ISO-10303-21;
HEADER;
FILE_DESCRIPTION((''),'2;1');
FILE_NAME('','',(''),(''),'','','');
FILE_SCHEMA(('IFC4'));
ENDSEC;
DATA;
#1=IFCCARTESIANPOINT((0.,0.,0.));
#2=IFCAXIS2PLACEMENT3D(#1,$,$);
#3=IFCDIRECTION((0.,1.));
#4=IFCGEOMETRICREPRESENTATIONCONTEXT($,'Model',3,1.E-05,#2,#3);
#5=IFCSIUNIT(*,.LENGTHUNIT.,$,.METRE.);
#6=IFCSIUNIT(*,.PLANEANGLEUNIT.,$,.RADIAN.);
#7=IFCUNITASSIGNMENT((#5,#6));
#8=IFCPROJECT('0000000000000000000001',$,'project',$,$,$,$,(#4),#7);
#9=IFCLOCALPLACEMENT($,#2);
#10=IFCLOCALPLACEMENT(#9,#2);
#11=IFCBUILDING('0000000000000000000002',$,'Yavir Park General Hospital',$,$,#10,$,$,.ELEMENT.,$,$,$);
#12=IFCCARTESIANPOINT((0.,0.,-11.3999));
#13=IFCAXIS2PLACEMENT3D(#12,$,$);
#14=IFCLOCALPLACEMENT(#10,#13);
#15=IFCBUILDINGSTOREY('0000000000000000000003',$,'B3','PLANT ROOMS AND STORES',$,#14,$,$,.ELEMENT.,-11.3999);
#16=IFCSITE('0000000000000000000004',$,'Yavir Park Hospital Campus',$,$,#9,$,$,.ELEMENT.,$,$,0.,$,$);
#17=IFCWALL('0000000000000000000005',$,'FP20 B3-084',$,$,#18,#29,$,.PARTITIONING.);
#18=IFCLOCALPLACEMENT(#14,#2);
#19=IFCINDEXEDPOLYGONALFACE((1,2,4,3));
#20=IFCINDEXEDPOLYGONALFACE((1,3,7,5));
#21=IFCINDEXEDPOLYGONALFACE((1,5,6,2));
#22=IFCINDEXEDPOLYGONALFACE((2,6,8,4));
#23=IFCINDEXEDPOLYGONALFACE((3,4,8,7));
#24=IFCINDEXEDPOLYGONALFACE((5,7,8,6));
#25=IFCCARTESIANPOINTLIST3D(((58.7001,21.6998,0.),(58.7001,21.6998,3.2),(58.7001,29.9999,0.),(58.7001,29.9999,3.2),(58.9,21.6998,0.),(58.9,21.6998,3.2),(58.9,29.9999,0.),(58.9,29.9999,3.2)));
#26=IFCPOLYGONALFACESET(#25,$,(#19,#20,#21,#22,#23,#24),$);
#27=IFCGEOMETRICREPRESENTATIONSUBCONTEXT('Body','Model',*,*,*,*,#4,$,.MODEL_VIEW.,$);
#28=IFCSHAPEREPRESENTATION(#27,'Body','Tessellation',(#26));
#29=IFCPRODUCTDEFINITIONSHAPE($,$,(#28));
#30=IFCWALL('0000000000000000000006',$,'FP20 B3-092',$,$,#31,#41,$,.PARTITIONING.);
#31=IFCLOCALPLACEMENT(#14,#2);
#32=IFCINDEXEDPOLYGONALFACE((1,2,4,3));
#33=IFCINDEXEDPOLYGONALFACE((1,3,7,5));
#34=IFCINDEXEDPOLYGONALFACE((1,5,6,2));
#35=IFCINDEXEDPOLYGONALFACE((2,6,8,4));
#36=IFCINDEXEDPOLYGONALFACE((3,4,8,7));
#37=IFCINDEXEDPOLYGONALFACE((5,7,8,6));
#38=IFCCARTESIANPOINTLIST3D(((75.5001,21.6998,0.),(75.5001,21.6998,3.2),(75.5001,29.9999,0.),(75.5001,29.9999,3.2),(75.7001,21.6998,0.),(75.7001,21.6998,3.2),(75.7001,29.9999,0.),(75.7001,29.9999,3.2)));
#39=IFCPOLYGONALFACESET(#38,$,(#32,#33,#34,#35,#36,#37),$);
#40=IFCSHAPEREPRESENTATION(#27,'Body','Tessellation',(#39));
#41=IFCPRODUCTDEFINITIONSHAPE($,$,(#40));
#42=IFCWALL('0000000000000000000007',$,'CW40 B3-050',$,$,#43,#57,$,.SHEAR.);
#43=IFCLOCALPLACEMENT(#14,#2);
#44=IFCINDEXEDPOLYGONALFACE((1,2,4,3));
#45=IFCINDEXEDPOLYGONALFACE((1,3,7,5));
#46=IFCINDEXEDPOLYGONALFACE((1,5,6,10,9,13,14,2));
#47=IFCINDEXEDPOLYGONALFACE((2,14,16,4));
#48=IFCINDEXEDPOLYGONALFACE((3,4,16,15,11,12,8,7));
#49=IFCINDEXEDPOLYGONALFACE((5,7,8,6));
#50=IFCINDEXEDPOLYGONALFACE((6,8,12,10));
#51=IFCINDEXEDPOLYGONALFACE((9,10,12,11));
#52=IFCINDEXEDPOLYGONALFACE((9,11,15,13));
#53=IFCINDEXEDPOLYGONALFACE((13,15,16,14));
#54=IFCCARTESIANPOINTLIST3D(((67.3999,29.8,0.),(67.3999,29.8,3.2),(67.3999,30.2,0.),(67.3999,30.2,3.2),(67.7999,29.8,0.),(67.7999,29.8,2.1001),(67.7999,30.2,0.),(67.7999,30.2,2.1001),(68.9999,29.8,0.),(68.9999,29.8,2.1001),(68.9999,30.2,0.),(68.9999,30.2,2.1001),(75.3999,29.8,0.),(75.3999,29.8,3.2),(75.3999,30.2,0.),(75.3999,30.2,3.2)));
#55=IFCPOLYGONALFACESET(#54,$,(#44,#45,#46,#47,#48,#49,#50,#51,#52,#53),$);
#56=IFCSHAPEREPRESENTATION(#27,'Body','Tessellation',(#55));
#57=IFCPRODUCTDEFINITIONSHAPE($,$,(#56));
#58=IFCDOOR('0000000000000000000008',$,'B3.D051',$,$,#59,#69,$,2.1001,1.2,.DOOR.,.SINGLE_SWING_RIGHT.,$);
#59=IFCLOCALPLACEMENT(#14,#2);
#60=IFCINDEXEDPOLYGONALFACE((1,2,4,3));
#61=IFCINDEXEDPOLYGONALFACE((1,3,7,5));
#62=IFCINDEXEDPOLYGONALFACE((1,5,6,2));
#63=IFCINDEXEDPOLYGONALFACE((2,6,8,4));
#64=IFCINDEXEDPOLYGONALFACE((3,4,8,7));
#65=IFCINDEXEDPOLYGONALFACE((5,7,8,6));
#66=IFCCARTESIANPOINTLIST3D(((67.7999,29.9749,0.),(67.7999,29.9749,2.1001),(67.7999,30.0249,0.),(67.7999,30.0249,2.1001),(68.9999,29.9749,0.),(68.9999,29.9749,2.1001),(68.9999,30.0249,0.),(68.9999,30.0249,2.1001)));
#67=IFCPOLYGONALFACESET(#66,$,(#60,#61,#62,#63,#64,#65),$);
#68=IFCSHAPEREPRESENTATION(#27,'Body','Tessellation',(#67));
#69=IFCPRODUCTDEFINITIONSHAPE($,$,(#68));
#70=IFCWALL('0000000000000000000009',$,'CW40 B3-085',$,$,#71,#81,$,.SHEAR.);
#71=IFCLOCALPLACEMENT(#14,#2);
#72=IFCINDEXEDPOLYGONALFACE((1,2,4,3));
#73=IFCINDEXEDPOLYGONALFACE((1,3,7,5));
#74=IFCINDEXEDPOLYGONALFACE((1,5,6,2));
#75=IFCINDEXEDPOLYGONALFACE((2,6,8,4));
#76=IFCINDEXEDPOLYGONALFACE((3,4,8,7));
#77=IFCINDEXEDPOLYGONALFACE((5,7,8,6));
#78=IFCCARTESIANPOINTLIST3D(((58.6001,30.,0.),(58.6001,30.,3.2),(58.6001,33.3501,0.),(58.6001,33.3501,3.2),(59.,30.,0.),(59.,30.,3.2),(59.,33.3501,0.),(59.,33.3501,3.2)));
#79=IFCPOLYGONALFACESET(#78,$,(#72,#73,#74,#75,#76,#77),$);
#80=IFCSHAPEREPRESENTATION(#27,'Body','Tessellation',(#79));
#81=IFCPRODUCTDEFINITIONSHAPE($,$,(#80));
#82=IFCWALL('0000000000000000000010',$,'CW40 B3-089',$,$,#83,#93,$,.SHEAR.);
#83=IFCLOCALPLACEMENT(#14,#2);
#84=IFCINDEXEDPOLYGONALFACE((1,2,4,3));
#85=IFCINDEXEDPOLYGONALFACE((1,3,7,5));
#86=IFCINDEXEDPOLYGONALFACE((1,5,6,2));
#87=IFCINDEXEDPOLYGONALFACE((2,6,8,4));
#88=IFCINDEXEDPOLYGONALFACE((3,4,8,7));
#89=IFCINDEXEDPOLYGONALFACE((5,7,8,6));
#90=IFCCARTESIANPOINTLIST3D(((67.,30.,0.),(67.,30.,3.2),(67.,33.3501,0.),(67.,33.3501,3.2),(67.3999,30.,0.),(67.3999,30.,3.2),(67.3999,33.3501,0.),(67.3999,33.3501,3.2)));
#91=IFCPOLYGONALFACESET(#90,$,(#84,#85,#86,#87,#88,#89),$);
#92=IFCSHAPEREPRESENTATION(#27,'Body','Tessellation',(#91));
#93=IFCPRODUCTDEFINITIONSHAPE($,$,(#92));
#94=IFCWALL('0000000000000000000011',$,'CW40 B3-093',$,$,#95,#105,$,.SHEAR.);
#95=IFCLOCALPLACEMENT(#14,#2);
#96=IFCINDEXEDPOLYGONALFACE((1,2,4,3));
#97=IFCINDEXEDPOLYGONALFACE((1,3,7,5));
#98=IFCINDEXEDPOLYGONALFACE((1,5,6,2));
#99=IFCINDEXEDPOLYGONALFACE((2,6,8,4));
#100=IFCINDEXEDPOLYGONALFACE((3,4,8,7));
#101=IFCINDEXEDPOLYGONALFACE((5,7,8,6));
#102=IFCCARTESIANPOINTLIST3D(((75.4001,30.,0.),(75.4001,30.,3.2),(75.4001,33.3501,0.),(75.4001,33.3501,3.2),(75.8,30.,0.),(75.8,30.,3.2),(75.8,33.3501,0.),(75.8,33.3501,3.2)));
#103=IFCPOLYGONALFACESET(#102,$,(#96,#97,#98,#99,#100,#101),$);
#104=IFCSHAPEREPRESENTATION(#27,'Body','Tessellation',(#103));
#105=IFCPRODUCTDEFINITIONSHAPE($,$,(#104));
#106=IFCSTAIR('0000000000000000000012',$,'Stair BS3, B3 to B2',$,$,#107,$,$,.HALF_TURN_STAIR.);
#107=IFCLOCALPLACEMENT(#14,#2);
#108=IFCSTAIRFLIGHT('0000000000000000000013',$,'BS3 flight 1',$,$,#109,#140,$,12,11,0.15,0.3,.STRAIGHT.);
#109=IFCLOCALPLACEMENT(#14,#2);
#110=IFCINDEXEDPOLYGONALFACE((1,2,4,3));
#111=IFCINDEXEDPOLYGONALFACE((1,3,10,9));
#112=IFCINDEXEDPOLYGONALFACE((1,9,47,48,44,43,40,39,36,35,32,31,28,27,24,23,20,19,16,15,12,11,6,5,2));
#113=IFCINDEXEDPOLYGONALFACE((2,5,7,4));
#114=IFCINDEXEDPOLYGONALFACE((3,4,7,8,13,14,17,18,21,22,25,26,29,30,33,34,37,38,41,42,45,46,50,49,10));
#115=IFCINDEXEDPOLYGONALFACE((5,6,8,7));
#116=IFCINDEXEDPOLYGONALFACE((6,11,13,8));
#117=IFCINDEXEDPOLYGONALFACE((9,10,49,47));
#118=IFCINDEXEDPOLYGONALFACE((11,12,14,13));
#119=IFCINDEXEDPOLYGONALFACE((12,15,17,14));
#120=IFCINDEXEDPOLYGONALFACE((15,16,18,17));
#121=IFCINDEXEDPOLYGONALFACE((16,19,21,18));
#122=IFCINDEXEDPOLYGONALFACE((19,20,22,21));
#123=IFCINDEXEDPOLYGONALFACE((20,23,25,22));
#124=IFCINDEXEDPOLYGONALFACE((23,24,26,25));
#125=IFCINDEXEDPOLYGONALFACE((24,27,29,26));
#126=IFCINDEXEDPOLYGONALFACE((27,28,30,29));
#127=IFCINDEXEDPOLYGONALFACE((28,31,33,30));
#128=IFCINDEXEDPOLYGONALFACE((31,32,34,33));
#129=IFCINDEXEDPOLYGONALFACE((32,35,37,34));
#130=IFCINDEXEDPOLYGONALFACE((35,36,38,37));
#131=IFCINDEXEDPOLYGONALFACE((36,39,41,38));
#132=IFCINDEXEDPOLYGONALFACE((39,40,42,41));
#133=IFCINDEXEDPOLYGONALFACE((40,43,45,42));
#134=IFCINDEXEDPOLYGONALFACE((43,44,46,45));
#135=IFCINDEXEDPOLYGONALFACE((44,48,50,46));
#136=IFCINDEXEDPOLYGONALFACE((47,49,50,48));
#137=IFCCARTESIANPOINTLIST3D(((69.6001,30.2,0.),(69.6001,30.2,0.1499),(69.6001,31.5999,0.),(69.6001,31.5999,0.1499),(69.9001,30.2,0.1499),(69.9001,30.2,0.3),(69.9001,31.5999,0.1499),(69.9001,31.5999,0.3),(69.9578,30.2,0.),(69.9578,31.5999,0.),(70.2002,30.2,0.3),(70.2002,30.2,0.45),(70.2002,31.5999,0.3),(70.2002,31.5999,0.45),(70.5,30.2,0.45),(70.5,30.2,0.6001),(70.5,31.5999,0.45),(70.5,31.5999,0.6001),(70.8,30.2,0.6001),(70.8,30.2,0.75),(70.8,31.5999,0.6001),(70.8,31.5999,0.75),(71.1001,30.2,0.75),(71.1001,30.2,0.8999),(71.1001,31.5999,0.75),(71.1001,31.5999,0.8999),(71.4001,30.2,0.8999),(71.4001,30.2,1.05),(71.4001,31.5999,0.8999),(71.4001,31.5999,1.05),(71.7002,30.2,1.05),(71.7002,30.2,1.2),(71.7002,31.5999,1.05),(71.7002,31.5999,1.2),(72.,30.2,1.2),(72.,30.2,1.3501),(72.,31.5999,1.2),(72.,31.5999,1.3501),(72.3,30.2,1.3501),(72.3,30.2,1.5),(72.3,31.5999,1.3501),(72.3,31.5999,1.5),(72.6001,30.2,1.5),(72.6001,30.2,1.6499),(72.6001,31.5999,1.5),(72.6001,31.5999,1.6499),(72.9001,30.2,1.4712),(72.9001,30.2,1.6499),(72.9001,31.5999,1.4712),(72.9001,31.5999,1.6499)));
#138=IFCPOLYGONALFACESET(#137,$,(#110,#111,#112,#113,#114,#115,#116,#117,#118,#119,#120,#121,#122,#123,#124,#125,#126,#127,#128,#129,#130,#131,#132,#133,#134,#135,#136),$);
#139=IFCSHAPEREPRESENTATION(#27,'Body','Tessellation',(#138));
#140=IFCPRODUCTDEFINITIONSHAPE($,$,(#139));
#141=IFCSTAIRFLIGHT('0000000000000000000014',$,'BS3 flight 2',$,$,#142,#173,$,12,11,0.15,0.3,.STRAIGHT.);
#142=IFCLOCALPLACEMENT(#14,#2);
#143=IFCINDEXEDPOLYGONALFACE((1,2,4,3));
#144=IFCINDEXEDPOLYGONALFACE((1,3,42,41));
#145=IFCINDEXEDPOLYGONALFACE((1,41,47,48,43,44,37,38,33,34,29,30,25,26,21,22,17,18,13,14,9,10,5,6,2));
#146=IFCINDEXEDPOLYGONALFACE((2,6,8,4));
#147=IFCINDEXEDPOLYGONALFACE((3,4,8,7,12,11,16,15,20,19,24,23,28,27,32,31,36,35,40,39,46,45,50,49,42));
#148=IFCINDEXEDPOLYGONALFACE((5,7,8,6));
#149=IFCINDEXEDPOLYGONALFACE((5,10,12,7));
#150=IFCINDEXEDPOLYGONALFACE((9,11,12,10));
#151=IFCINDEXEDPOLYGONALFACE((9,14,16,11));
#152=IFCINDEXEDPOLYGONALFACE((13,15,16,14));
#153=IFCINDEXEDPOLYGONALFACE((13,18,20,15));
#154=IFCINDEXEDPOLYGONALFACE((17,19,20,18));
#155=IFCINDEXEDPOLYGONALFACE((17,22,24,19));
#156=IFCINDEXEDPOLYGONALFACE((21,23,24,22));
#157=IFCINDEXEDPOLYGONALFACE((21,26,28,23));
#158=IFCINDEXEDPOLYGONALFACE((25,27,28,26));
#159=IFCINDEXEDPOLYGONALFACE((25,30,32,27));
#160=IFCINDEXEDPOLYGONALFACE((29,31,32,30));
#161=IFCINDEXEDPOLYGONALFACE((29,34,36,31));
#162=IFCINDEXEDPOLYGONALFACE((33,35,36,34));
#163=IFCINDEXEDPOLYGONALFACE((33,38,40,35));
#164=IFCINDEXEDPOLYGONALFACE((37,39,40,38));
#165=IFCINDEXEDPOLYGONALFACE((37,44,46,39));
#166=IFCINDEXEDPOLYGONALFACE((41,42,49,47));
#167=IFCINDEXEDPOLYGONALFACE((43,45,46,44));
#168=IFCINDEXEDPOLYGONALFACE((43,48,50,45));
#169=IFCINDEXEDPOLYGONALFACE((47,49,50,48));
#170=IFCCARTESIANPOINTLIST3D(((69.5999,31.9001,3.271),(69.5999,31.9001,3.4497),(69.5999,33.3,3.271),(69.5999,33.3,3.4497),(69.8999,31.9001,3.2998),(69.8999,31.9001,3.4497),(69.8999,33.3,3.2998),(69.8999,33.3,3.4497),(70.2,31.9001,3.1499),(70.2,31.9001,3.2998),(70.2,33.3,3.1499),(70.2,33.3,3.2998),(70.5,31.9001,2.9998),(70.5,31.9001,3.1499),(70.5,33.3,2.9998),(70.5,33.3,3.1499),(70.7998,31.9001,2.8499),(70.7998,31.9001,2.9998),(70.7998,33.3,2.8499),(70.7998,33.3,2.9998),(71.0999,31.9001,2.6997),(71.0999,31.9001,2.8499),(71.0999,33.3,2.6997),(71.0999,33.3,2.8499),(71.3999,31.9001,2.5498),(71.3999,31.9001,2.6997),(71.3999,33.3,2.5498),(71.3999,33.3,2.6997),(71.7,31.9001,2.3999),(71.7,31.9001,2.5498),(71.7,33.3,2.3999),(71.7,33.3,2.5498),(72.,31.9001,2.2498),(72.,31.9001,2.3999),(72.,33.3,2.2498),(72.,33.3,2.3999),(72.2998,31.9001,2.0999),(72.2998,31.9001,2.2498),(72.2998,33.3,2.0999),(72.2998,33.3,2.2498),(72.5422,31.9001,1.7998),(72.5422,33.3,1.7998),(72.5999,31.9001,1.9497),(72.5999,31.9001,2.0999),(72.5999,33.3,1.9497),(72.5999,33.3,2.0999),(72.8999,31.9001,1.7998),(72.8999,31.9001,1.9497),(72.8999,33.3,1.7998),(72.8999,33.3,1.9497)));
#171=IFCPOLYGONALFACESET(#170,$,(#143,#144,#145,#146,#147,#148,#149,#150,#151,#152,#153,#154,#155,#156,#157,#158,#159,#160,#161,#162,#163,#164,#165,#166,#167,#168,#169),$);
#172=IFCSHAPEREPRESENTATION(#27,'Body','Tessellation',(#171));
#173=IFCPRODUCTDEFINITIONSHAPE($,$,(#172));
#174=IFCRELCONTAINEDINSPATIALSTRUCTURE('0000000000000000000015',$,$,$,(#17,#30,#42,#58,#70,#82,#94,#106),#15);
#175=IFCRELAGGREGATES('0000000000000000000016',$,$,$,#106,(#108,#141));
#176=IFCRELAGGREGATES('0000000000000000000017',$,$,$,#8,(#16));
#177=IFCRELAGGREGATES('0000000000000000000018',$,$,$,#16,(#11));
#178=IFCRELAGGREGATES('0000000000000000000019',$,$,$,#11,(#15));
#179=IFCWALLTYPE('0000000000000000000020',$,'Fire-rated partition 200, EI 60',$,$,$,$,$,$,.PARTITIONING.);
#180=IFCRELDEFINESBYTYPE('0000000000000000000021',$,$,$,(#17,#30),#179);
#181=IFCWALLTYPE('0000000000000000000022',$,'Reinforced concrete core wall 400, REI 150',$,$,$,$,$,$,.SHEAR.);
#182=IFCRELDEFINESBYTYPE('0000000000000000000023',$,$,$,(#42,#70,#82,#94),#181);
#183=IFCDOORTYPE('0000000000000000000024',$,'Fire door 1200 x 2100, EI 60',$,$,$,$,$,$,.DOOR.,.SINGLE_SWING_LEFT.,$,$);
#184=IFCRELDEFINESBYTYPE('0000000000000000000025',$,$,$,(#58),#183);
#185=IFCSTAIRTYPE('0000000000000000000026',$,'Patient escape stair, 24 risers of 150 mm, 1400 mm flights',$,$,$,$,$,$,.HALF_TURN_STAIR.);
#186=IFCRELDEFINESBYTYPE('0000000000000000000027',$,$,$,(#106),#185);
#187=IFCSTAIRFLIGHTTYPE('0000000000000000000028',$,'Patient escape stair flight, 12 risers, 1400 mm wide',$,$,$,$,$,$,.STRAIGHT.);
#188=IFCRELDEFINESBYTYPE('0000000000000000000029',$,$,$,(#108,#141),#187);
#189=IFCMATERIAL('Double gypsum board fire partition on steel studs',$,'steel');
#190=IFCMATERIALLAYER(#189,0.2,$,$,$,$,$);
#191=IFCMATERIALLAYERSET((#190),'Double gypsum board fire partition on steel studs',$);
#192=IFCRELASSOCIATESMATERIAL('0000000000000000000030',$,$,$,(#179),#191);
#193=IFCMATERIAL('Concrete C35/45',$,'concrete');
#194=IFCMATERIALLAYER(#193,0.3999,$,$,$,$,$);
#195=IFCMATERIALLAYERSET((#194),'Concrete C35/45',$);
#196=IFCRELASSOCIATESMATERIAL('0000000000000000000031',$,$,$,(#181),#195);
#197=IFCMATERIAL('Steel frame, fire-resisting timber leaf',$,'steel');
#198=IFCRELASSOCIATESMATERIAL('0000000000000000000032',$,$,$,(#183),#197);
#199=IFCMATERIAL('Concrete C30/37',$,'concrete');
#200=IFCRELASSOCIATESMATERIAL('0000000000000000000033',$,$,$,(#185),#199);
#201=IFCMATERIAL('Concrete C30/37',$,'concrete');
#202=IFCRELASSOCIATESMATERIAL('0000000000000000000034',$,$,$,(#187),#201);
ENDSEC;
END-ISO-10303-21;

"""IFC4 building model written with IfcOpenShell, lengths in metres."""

from ifc_helpers import new_model, si_unit, direction, frame, frame_2d, origin, place, context, subcontext, project, spatial, polyline, rectangle, outline, extrude, material, layer, layer_set, type_object, element, fill, aggregate, save


model = new_model("IFC4")

# Units and contexts
model_context = context("Model", 3, precision=1e-05, world=origin(), true_north=direction((0.0, 1.0)))
body_context = subcontext(model_context, "Body", "Model", "MODEL_VIEW")
ifc_project = project(units=[si_unit("LENGTHUNIT", "METRE"), si_unit("PLANEANGLEUNIT", "RADIAN")], contexts=[model_context])

# Site, building, storey
site_placement = place(None, origin())
site = spatial("IfcSite", under=ifc_project, at=site_placement, Name="Yavir Park Hospital Campus", CompositionType="ELEMENT", RefElevation=0.0)
building_placement = place(site_placement, origin())
building = spatial("IfcBuilding", under=site, at=building_placement, Name="Yavir Park General Hospital", CompositionType="ELEMENT")
storey_placement = place(building_placement, frame((0.0, 0.0, -11.3999)))
storey = spatial("IfcBuildingStorey", under=building, at=storey_placement, Name="B3", Description="PLANT ROOMS AND STORES", CompositionType="ELEMENT", Elevation=-11.3999)

# Shared definitions
ifc_material_1 = material(Name="Double gypsum board fire partition on steel studs", Category="steel")
ifc_layer_1 = layer(ifc_material_1, 0.2)
ifc_layer_set_1 = layer_set([ifc_layer_1], Name="Double gypsum board fire partition on steel studs")
wall_type_1 = type_object("IfcWallType", Name="Fire-rated partition 200, EI 60", PredefinedType="PARTITIONING", material=ifc_layer_set_1)

# Walls
for number, where, z_axis, x_axis, name in (
    (1, (58.8, 21.7, 0.0), (0.0, 0.0, 1.0), (0.0, 1.0, 0.0), "FP20 B3-084"),
    (2, (75.6001, 21.7, 0.0), (0.0, 0.0, 1.0), (0.0, 1.0, 0.0), "FP20 B3-092"),
):
    element("IfcWall", number, at=place(storey_placement, frame(where, z_axis=z_axis, x_axis=x_axis)), inside=storey, type_object=wall_type_1, Name=name, PredefinedType="PARTITIONING", context=body_context, shape_type="SweptSolid", body=[
        extrude(rectangle(XDim=8.3, YDim=0.2, at=frame_2d((4.1499, 0.0))), origin(), (0.0, 0.0, 1.0), 3.2),
    ])

# Wall, opening, door
ifc_material_2 = material(Name="Concrete C35/45", Category="concrete")
ifc_layer_2 = layer(ifc_material_2, 0.3999)
ifc_layer_set_2 = layer_set([ifc_layer_2], Name="Concrete C35/45")
wall_type_2 = type_object("IfcWallType", Name="Reinforced concrete core wall 400, REI 150", PredefinedType="SHEAR", material=ifc_layer_set_2)
wall_1_placement = place(storey_placement, frame((67.3999, 30.0, 0.0), z_axis=(0.0, 0.0, 1.0), x_axis=(1.0, 0.0, 0.0)))
wall_1 = element("IfcWall", 3, at=wall_1_placement, inside=storey, type_object=wall_type_2, Name="CW40 B3-050", PredefinedType="SHEAR", context=body_context, shape_type="SweptSolid", body=[
    extrude(rectangle(XDim=8.0, YDim=0.3999, at=frame_2d((4.0, 0.0))), origin(), (0.0, 0.0, 1.0), 3.2),
])
opening_1_placement = place(wall_1_placement, frame((0.3999, 0.0, 0.0)))
opening_1 = element("IfcOpeningElement", 4, at=opening_1_placement, cuts=wall_1, PredefinedType="OPENING", context=body_context, shape_type="SweptSolid", body=[
    extrude(rectangle(XDim=1.2, YDim=2.1001, at=frame_2d((0.6001, 1.05))), frame((0.0, 0.21, 0.0), z_axis=(0.0, -1.0, 0.0), x_axis=(1.0, 0.0, 0.0)), (0.0, 0.0, 1.0), 0.4199),
])
ifc_material_3 = material(Name="Steel frame, fire-resisting timber leaf", Category="steel")
door_type_1 = type_object("IfcDoorType", Name="Fire door 1200 x 2100, EI 60", OperationType="SINGLE_SWING_LEFT", PredefinedType="DOOR", material=ifc_material_3)
door_1_placement = place(opening_1_placement, origin())
door_1 = element("IfcDoor", 5, at=door_1_placement, inside=storey, type_object=door_type_1, Name="B3.D051", OperationType="SINGLE_SWING_RIGHT", OverallHeight=2.1001, OverallWidth=1.2, PredefinedType="DOOR", context=body_context, shape_type="SweptSolid", body=[
    extrude(rectangle(XDim=1.2, YDim=2.1001, at=frame_2d((0.6001, 1.05))), frame((0.0, 0.0249, 0.0), z_axis=(0.0, -1.0, 0.0), x_axis=(1.0, 0.0, 0.0)), (0.0, 0.0, 1.0), 0.05),
])
fill(opening_1, door_1)

# Walls
for number, where, z_axis, x_axis, name in (
    (6, (58.8, 30.0, 0.0), (0.0, 0.0, 1.0), (0.0, 1.0, 0.0), "CW40 B3-085"),
    (7, (67.2, 30.0, 0.0), (0.0, 0.0, 1.0), (0.0, 1.0, 0.0), "CW40 B3-089"),
    (8, (75.6001, 30.0, 0.0), (0.0, 0.0, 1.0), (0.0, 1.0, 0.0), "CW40 B3-093"),
):
    element("IfcWall", number, at=place(storey_placement, frame(where, z_axis=z_axis, x_axis=x_axis)), inside=storey, type_object=wall_type_2, Name=name, PredefinedType="SHEAR", context=body_context, shape_type="SweptSolid", body=[
        extrude(rectangle(XDim=3.3501, YDim=0.3999, at=frame_2d((1.675, 0.0))), origin(), (0.0, 0.0, 1.0), 3.2),
    ])

# Stair, stair flights
ifc_material_4 = material(Name="Concrete C30/37", Category="concrete")
stair_type = type_object("IfcStairType", Name="Patient escape stair, 24 risers of 150 mm, 1400 mm flights", PredefinedType="HALF_TURN_STAIR", material=ifc_material_4)
stair_placement = place(storey_placement, origin())
stair = element("IfcStair", 9, at=stair_placement, inside=storey, type_object=stair_type, Name="Stair BS3, B3 to B2", PredefinedType="HALF_TURN_STAIR")
ifc_material_5 = material(Name="Concrete C30/37", Category="concrete")
stair_flight_type = type_object("IfcStairFlightType", Name="Patient escape stair flight, 12 risers, 1400 mm wide", PredefinedType="STRAIGHT", material=ifc_material_5)
stair_flight_1_placement = place(storey_placement, frame((69.6001, 30.8999, 0.0), z_axis=(0.0, 0.0, 1.0), x_axis=(1.0, 0.0, 0.0)))
stair_flight_1 = element("IfcStairFlight", 10, at=stair_flight_1_placement, type_object=stair_flight_type, Name="BS3 flight 1", NumberOfRisers=12, NumberOfTreads=11, PredefinedType="STRAIGHT", RiserHeight=0.15, TreadLength=0.3, context=body_context, shape_type="SweptSolid", body=[
    extrude(outline(polyline([(0.0, 0.0), (0.0, 0.1499), (0.3, 0.1499), (0.3, 0.3), (0.6001, 0.3), (0.6001, 0.45), (0.8999, 0.45), (0.8999, 0.6001), (1.2, 0.6001), (1.2, 0.75), (1.5, 0.75), (1.5, 0.8999), (1.8, 0.8999), (1.8, 1.05), (2.1001, 1.05), (2.1001, 1.2), (2.3999, 1.2), (2.3999, 1.3501), (2.7, 1.3501), (2.7, 1.5), (3.0, 1.5), (3.0, 1.6499), (3.3, 1.6499), (3.3, 1.8), (3.3, 1.4712), (0.3577, 0.0), (0.0, 0.0)])), frame((0.0, 0.7, 0.0), z_axis=(0.0, -1.0, 0.0), x_axis=(1.0, 0.0, 0.0)), (0.0, 0.0, 1.0), 1.3999),
])
stair_flight_2_placement = place(storey_placement, frame((72.8999, 32.6001, 1.7998), z_axis=(0.0, 0.0, 1.0), x_axis=(-1.0, 0.0, 0.0)))
stair_flight_2 = element("IfcStairFlight", 11, at=stair_flight_2_placement, type_object=stair_flight_type, Name="BS3 flight 2", NumberOfRisers=12, NumberOfTreads=11, PredefinedType="STRAIGHT", RiserHeight=0.15, TreadLength=0.3, context=body_context, shape_type="SweptSolid", body=[
    extrude(outline(polyline([(0.0, 0.0), (0.0, 0.1499), (0.3, 0.1499), (0.3, 0.3), (0.6001, 0.3), (0.6001, 0.45), (0.8999, 0.45), (0.8999, 0.6001), (1.2, 0.6001), (1.2, 0.75), (1.5, 0.75), (1.5, 0.8999), (1.8, 0.8999), (1.8, 1.05), (2.1001, 1.05), (2.1001, 1.2), (2.3999, 1.2), (2.3999, 1.3501), (2.7, 1.3501), (2.7, 1.5), (3.0, 1.5), (3.0, 1.6499), (3.3, 1.6499), (3.3, 1.8), (3.3, 1.4712), (0.3577, 0.0), (0.0, 0.0)])), frame((0.0, 0.7, 0.0), z_axis=(0.0, -1.0, 0.0), x_axis=(1.0, 0.0, 0.0)), (0.0, 0.0, 1.0), 1.3999),
])
aggregate(stair, [stair_flight_1, stair_flight_2])

save(model, "model.ifc")
